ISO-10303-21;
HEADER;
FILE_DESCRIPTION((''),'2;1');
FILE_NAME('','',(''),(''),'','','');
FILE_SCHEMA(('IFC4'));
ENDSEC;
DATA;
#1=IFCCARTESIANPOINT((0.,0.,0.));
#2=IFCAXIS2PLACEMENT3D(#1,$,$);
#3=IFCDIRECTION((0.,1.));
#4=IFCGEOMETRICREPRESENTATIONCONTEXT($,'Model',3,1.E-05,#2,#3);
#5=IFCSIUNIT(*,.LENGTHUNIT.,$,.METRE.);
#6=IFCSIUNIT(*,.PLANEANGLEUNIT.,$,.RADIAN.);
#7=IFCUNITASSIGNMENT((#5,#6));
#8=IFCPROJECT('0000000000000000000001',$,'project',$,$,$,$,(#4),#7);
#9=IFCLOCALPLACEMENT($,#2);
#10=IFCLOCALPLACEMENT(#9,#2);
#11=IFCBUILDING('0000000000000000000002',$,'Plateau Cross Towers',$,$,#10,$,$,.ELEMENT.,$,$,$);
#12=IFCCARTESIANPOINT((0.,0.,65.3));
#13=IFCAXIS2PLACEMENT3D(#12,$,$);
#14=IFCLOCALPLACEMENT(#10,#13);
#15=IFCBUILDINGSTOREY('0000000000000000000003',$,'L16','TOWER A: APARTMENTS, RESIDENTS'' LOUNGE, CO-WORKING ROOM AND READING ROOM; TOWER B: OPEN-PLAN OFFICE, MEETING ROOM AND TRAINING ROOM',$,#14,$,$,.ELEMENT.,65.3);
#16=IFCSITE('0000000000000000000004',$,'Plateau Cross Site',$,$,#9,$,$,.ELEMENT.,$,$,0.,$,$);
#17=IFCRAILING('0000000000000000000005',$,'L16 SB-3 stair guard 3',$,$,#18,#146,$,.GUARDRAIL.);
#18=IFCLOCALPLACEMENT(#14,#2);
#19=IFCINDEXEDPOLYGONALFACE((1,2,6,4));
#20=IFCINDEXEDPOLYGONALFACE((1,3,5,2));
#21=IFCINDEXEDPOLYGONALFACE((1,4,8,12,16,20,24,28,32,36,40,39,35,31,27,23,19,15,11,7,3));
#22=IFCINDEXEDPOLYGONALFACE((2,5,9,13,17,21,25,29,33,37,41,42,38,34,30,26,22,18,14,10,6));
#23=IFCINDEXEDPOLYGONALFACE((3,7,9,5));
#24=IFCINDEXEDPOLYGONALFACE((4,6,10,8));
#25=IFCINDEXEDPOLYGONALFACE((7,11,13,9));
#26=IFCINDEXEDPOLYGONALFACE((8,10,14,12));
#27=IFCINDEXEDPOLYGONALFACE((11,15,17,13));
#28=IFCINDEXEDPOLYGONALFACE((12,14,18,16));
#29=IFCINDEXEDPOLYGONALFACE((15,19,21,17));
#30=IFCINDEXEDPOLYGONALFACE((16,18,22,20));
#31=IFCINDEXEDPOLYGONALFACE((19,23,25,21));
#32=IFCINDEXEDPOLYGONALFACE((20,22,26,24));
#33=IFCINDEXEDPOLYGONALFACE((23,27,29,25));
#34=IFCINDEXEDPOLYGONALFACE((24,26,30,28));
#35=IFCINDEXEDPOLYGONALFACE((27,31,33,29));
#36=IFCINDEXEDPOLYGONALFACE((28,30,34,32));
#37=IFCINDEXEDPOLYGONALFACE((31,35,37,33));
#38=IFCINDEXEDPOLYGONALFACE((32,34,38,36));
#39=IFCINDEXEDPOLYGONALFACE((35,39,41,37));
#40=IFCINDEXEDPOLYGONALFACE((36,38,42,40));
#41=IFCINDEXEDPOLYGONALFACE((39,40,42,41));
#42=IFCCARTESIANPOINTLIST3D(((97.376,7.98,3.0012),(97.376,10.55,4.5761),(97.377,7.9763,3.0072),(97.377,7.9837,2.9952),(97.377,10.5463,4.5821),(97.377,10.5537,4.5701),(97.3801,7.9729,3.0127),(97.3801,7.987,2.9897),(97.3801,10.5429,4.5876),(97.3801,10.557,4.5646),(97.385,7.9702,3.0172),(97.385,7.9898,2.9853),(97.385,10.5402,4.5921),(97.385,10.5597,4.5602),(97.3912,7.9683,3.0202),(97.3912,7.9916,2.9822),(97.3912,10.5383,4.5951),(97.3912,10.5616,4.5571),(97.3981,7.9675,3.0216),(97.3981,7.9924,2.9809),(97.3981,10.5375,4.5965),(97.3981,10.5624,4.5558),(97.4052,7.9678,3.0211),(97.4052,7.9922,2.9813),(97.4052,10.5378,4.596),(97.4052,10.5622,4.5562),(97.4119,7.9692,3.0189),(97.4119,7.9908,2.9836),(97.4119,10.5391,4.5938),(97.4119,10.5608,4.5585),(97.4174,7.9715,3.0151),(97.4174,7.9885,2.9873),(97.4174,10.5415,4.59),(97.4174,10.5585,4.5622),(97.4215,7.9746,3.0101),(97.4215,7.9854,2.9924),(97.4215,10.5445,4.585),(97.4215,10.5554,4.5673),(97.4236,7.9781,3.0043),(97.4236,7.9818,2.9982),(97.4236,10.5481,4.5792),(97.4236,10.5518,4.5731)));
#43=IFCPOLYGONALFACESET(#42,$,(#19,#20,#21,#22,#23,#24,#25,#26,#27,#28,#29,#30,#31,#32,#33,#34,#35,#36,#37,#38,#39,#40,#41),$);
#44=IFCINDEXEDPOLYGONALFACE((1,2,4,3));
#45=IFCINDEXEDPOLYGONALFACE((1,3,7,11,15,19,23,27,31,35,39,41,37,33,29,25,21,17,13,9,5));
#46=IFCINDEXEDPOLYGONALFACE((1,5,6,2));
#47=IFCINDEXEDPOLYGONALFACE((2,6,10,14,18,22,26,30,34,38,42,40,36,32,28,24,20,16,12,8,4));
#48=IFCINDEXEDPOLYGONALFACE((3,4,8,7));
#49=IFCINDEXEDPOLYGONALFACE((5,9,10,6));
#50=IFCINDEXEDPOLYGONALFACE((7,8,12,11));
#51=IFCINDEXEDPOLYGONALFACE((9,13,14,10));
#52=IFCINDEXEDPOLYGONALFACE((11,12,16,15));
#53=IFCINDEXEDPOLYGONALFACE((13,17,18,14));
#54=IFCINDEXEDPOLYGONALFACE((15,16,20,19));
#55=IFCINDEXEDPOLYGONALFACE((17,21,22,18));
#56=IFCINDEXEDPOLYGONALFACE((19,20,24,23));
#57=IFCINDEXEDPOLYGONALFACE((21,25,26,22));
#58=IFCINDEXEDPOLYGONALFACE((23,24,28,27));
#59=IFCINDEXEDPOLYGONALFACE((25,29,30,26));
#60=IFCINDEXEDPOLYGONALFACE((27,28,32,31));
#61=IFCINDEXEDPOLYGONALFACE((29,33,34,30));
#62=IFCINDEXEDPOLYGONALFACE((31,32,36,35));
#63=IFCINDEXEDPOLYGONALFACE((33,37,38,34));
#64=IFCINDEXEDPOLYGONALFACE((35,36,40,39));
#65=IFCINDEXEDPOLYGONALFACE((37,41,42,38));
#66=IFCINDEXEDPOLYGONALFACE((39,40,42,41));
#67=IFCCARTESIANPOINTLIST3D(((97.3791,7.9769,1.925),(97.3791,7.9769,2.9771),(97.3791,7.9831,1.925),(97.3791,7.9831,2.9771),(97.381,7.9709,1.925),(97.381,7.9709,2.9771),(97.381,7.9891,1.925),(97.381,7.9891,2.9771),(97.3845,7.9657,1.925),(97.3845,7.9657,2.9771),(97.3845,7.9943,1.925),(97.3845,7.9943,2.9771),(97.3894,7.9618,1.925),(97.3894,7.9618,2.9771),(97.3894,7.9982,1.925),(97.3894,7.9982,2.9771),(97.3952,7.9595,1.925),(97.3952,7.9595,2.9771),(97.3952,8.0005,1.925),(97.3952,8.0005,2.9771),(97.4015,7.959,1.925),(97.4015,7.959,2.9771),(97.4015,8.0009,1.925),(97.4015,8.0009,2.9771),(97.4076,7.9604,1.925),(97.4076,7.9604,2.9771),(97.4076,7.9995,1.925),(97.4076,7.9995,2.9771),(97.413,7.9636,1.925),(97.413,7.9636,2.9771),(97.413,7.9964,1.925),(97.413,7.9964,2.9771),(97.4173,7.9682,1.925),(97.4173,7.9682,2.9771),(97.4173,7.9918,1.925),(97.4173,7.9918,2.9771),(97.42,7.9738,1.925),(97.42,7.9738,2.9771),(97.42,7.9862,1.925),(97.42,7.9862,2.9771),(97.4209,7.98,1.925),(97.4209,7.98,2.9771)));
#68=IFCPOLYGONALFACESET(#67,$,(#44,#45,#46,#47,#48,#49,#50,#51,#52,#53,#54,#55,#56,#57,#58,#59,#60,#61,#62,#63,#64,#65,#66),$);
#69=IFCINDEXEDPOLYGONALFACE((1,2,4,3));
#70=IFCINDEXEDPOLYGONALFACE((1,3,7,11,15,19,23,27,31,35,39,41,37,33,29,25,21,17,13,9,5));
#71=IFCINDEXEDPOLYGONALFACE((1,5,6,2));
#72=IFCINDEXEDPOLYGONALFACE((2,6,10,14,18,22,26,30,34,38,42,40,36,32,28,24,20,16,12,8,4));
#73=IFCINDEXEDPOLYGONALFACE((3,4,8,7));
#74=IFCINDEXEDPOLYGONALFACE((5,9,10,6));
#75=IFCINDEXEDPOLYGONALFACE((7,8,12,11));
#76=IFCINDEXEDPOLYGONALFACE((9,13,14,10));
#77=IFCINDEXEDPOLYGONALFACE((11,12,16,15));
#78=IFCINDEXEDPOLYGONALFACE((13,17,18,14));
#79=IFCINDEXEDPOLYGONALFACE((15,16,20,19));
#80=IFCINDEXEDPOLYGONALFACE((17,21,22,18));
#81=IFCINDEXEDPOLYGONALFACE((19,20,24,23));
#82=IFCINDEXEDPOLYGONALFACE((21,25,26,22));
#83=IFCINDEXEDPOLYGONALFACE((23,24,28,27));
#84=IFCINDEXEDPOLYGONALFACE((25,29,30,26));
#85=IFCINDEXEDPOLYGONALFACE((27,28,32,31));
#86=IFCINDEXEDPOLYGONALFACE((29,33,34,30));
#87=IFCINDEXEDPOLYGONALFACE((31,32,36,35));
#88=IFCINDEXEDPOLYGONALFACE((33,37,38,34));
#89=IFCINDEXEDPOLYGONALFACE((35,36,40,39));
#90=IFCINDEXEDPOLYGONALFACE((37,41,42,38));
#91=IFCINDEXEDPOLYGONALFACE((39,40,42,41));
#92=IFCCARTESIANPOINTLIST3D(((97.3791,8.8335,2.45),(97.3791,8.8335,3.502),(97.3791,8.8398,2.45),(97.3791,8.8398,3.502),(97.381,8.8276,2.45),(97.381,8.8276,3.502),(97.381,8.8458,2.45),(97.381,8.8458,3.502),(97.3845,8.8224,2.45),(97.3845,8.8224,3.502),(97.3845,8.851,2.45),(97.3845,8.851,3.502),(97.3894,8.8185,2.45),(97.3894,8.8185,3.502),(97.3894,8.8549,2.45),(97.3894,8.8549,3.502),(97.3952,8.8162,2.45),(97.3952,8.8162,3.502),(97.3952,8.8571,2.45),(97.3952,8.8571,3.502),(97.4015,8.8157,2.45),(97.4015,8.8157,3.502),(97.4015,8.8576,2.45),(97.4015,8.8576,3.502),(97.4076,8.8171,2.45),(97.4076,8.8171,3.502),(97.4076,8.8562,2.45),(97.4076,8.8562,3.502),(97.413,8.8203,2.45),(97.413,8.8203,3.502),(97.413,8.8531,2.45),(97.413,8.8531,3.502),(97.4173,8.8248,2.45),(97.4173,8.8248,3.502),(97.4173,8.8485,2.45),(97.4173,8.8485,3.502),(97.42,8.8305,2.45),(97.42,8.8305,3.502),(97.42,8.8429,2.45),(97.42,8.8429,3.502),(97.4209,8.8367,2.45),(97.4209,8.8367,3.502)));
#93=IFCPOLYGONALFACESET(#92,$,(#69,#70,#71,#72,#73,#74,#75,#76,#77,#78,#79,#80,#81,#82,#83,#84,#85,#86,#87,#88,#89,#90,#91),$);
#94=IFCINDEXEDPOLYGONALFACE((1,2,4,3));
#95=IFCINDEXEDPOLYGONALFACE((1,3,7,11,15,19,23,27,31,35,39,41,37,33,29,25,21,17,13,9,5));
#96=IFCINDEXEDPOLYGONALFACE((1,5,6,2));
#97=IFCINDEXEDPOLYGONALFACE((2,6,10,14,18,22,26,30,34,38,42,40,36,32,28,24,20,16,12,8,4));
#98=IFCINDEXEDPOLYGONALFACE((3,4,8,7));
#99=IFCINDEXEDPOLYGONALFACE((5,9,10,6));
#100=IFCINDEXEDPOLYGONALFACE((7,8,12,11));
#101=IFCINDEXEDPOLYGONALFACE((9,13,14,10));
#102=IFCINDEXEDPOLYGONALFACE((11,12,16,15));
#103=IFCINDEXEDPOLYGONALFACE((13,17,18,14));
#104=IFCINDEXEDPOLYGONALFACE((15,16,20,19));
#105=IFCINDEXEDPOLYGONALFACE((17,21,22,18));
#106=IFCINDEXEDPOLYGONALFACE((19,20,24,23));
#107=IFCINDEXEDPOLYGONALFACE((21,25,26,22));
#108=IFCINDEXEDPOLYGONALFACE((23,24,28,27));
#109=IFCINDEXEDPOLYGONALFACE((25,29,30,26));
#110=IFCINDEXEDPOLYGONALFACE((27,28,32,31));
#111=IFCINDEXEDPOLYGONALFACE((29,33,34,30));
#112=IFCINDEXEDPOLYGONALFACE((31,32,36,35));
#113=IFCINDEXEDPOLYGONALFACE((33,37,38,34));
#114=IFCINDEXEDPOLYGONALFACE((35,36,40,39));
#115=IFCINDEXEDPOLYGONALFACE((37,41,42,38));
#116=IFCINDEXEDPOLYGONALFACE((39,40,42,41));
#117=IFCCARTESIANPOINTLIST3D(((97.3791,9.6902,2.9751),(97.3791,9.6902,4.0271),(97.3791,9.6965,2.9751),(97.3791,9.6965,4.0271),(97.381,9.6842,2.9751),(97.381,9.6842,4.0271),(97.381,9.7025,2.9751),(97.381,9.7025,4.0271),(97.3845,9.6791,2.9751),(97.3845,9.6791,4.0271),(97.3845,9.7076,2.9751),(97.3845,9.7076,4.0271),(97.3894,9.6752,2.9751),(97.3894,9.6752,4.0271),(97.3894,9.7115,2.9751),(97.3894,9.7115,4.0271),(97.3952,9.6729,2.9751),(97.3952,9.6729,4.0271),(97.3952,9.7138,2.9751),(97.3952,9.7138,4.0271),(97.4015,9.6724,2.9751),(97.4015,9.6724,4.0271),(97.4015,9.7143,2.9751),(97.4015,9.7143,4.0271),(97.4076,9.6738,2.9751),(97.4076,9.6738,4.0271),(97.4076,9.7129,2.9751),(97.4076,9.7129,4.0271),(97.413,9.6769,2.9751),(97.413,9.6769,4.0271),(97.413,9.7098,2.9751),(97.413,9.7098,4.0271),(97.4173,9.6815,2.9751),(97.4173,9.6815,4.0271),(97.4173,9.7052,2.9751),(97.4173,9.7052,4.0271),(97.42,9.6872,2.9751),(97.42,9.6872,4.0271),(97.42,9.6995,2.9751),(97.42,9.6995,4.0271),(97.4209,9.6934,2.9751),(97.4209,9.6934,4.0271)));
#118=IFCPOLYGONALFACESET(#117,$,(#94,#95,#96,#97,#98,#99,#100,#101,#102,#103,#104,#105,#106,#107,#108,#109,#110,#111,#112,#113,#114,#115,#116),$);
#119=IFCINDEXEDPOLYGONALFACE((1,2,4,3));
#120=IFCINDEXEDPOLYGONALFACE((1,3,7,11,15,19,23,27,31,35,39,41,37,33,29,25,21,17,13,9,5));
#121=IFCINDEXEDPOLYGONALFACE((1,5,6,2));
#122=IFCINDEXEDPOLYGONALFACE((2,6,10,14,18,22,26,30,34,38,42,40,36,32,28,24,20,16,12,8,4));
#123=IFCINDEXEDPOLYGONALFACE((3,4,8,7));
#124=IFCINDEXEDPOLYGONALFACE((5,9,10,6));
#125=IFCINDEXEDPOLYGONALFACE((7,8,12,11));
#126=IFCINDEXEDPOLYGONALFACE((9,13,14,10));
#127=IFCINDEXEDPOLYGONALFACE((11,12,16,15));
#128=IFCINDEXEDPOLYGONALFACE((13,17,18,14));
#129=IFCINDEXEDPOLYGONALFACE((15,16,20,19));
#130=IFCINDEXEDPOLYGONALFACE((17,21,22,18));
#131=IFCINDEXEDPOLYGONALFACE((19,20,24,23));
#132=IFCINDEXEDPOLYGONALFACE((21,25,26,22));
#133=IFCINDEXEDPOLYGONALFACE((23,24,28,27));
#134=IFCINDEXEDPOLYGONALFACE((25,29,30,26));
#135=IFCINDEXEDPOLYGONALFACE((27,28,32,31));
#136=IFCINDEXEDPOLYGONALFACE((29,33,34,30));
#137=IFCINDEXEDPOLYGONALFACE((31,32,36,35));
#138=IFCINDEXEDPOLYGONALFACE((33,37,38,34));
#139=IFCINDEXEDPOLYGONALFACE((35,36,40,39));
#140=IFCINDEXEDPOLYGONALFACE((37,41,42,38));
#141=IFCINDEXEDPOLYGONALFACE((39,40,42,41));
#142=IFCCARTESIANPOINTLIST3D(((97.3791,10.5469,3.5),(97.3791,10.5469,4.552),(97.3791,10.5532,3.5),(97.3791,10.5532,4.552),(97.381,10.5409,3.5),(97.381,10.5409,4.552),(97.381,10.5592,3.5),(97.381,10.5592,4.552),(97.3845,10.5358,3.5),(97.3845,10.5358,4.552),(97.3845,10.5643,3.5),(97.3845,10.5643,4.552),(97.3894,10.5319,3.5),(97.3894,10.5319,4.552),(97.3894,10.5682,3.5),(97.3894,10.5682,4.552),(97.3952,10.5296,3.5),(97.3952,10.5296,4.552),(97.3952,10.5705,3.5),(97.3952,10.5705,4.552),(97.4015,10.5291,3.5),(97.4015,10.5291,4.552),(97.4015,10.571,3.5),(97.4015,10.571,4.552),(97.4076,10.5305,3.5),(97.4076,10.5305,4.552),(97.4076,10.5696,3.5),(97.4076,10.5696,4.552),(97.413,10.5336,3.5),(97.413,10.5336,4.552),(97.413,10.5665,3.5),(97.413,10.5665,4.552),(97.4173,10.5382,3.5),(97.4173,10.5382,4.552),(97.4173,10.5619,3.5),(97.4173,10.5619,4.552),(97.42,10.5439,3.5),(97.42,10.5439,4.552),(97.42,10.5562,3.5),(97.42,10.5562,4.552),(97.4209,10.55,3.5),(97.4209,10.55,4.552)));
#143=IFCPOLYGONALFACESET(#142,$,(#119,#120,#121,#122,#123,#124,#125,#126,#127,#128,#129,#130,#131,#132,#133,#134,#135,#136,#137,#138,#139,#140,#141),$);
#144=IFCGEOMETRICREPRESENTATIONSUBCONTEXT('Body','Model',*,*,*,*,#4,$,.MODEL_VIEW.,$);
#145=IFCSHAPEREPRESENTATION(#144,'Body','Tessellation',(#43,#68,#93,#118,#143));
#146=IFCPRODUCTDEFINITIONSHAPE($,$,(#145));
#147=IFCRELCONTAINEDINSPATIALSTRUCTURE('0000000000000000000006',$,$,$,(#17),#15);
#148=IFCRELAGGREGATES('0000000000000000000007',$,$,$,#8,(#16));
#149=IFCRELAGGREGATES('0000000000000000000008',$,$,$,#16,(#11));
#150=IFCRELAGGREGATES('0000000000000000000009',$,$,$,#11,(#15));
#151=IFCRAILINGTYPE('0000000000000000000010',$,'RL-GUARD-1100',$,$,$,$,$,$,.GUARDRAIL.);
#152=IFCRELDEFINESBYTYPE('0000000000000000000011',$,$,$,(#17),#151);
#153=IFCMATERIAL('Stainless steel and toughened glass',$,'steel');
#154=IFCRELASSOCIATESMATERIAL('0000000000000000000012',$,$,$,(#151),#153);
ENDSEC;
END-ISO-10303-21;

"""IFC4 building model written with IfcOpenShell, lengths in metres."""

from ifc_helpers import new_model, si_unit, direction, frame, origin, origin_2d, place, context, subcontext, project, spatial, circle, extrude, material, type_object, element, save


model = new_model("IFC4")

# Units and contexts
model_context = context("Model", 3, precision=1e-05, world=origin(), true_north=direction((0.0, 1.0)))
body_context = subcontext(model_context, "Body", "Model", "MODEL_VIEW")
ifc_project = project(units=[si_unit("LENGTHUNIT", "METRE"), si_unit("PLANEANGLEUNIT", "RADIAN")], contexts=[model_context])

# Site, building, storey
site_placement = place(None, origin())
site = spatial("IfcSite", under=ifc_project, at=site_placement, Name="Plateau Cross Site", CompositionType="ELEMENT", RefElevation=0.0)
building_placement = place(site_placement, origin())
building = spatial("IfcBuilding", under=site, at=building_placement, Name="Plateau Cross Towers", CompositionType="ELEMENT")
storey_placement = place(building_placement, frame((0.0, 0.0, 65.3)))
storey = spatial("IfcBuildingStorey", under=building, at=storey_placement, Name="L16", Description="TOWER A: APARTMENTS, RESIDENTS' LOUNGE, CO-WORKING ROOM AND READING ROOM; TOWER B: OPEN-PLAN OFFICE, MEETING ROOM AND TRAINING ROOM", CompositionType="ELEMENT", Elevation=65.3)

# Railing
ifc_material_1 = material(Name="Stainless steel and toughened glass", Category="steel")
railing_type_1 = type_object("IfcRailingType", Name="RL-GUARD-1100", PredefinedType="GUARDRAIL", material=ifc_material_1)
railing_1_placement = place(storey_placement, frame((97.3999, 7.98, 1.925)))
element("IfcRailing", 1, at=railing_1_placement, inside=storey, type_object=railing_type_1, Name="L16 SB-3 stair guard 3", PredefinedType="GUARDRAIL", context=body_context, shape_type="SweptSolid", body=[
    extrude(circle(Radius=0.0239, at=origin_2d()), frame((0.0, 0.0, 1.0762), z_axis=(0.0, 0.852639, 0.522501), x_axis=(-1.0, 0.0, 0.0)), (0.0, 0.0, 1.0), 3.0142),
    extrude(circle(Radius=0.021, at=origin_2d()), origin(), (0.0, 0.0, 1.0), 1.052),
    extrude(circle(Radius=0.021, at=origin_2d()), frame((0.0, 0.8567, 0.5249)), (0.0, 0.0, 1.0), 1.052),
    extrude(circle(Radius=0.021, at=origin_2d()), frame((0.0, 1.7134, 1.05)), (0.0, 0.0, 1.0), 1.052),
    extrude(circle(Radius=0.021, at=origin_2d()), frame((0.0, 2.5701, 1.575)), (0.0, 0.0, 1.0), 1.052),
])

save(model, "model.ifc")
